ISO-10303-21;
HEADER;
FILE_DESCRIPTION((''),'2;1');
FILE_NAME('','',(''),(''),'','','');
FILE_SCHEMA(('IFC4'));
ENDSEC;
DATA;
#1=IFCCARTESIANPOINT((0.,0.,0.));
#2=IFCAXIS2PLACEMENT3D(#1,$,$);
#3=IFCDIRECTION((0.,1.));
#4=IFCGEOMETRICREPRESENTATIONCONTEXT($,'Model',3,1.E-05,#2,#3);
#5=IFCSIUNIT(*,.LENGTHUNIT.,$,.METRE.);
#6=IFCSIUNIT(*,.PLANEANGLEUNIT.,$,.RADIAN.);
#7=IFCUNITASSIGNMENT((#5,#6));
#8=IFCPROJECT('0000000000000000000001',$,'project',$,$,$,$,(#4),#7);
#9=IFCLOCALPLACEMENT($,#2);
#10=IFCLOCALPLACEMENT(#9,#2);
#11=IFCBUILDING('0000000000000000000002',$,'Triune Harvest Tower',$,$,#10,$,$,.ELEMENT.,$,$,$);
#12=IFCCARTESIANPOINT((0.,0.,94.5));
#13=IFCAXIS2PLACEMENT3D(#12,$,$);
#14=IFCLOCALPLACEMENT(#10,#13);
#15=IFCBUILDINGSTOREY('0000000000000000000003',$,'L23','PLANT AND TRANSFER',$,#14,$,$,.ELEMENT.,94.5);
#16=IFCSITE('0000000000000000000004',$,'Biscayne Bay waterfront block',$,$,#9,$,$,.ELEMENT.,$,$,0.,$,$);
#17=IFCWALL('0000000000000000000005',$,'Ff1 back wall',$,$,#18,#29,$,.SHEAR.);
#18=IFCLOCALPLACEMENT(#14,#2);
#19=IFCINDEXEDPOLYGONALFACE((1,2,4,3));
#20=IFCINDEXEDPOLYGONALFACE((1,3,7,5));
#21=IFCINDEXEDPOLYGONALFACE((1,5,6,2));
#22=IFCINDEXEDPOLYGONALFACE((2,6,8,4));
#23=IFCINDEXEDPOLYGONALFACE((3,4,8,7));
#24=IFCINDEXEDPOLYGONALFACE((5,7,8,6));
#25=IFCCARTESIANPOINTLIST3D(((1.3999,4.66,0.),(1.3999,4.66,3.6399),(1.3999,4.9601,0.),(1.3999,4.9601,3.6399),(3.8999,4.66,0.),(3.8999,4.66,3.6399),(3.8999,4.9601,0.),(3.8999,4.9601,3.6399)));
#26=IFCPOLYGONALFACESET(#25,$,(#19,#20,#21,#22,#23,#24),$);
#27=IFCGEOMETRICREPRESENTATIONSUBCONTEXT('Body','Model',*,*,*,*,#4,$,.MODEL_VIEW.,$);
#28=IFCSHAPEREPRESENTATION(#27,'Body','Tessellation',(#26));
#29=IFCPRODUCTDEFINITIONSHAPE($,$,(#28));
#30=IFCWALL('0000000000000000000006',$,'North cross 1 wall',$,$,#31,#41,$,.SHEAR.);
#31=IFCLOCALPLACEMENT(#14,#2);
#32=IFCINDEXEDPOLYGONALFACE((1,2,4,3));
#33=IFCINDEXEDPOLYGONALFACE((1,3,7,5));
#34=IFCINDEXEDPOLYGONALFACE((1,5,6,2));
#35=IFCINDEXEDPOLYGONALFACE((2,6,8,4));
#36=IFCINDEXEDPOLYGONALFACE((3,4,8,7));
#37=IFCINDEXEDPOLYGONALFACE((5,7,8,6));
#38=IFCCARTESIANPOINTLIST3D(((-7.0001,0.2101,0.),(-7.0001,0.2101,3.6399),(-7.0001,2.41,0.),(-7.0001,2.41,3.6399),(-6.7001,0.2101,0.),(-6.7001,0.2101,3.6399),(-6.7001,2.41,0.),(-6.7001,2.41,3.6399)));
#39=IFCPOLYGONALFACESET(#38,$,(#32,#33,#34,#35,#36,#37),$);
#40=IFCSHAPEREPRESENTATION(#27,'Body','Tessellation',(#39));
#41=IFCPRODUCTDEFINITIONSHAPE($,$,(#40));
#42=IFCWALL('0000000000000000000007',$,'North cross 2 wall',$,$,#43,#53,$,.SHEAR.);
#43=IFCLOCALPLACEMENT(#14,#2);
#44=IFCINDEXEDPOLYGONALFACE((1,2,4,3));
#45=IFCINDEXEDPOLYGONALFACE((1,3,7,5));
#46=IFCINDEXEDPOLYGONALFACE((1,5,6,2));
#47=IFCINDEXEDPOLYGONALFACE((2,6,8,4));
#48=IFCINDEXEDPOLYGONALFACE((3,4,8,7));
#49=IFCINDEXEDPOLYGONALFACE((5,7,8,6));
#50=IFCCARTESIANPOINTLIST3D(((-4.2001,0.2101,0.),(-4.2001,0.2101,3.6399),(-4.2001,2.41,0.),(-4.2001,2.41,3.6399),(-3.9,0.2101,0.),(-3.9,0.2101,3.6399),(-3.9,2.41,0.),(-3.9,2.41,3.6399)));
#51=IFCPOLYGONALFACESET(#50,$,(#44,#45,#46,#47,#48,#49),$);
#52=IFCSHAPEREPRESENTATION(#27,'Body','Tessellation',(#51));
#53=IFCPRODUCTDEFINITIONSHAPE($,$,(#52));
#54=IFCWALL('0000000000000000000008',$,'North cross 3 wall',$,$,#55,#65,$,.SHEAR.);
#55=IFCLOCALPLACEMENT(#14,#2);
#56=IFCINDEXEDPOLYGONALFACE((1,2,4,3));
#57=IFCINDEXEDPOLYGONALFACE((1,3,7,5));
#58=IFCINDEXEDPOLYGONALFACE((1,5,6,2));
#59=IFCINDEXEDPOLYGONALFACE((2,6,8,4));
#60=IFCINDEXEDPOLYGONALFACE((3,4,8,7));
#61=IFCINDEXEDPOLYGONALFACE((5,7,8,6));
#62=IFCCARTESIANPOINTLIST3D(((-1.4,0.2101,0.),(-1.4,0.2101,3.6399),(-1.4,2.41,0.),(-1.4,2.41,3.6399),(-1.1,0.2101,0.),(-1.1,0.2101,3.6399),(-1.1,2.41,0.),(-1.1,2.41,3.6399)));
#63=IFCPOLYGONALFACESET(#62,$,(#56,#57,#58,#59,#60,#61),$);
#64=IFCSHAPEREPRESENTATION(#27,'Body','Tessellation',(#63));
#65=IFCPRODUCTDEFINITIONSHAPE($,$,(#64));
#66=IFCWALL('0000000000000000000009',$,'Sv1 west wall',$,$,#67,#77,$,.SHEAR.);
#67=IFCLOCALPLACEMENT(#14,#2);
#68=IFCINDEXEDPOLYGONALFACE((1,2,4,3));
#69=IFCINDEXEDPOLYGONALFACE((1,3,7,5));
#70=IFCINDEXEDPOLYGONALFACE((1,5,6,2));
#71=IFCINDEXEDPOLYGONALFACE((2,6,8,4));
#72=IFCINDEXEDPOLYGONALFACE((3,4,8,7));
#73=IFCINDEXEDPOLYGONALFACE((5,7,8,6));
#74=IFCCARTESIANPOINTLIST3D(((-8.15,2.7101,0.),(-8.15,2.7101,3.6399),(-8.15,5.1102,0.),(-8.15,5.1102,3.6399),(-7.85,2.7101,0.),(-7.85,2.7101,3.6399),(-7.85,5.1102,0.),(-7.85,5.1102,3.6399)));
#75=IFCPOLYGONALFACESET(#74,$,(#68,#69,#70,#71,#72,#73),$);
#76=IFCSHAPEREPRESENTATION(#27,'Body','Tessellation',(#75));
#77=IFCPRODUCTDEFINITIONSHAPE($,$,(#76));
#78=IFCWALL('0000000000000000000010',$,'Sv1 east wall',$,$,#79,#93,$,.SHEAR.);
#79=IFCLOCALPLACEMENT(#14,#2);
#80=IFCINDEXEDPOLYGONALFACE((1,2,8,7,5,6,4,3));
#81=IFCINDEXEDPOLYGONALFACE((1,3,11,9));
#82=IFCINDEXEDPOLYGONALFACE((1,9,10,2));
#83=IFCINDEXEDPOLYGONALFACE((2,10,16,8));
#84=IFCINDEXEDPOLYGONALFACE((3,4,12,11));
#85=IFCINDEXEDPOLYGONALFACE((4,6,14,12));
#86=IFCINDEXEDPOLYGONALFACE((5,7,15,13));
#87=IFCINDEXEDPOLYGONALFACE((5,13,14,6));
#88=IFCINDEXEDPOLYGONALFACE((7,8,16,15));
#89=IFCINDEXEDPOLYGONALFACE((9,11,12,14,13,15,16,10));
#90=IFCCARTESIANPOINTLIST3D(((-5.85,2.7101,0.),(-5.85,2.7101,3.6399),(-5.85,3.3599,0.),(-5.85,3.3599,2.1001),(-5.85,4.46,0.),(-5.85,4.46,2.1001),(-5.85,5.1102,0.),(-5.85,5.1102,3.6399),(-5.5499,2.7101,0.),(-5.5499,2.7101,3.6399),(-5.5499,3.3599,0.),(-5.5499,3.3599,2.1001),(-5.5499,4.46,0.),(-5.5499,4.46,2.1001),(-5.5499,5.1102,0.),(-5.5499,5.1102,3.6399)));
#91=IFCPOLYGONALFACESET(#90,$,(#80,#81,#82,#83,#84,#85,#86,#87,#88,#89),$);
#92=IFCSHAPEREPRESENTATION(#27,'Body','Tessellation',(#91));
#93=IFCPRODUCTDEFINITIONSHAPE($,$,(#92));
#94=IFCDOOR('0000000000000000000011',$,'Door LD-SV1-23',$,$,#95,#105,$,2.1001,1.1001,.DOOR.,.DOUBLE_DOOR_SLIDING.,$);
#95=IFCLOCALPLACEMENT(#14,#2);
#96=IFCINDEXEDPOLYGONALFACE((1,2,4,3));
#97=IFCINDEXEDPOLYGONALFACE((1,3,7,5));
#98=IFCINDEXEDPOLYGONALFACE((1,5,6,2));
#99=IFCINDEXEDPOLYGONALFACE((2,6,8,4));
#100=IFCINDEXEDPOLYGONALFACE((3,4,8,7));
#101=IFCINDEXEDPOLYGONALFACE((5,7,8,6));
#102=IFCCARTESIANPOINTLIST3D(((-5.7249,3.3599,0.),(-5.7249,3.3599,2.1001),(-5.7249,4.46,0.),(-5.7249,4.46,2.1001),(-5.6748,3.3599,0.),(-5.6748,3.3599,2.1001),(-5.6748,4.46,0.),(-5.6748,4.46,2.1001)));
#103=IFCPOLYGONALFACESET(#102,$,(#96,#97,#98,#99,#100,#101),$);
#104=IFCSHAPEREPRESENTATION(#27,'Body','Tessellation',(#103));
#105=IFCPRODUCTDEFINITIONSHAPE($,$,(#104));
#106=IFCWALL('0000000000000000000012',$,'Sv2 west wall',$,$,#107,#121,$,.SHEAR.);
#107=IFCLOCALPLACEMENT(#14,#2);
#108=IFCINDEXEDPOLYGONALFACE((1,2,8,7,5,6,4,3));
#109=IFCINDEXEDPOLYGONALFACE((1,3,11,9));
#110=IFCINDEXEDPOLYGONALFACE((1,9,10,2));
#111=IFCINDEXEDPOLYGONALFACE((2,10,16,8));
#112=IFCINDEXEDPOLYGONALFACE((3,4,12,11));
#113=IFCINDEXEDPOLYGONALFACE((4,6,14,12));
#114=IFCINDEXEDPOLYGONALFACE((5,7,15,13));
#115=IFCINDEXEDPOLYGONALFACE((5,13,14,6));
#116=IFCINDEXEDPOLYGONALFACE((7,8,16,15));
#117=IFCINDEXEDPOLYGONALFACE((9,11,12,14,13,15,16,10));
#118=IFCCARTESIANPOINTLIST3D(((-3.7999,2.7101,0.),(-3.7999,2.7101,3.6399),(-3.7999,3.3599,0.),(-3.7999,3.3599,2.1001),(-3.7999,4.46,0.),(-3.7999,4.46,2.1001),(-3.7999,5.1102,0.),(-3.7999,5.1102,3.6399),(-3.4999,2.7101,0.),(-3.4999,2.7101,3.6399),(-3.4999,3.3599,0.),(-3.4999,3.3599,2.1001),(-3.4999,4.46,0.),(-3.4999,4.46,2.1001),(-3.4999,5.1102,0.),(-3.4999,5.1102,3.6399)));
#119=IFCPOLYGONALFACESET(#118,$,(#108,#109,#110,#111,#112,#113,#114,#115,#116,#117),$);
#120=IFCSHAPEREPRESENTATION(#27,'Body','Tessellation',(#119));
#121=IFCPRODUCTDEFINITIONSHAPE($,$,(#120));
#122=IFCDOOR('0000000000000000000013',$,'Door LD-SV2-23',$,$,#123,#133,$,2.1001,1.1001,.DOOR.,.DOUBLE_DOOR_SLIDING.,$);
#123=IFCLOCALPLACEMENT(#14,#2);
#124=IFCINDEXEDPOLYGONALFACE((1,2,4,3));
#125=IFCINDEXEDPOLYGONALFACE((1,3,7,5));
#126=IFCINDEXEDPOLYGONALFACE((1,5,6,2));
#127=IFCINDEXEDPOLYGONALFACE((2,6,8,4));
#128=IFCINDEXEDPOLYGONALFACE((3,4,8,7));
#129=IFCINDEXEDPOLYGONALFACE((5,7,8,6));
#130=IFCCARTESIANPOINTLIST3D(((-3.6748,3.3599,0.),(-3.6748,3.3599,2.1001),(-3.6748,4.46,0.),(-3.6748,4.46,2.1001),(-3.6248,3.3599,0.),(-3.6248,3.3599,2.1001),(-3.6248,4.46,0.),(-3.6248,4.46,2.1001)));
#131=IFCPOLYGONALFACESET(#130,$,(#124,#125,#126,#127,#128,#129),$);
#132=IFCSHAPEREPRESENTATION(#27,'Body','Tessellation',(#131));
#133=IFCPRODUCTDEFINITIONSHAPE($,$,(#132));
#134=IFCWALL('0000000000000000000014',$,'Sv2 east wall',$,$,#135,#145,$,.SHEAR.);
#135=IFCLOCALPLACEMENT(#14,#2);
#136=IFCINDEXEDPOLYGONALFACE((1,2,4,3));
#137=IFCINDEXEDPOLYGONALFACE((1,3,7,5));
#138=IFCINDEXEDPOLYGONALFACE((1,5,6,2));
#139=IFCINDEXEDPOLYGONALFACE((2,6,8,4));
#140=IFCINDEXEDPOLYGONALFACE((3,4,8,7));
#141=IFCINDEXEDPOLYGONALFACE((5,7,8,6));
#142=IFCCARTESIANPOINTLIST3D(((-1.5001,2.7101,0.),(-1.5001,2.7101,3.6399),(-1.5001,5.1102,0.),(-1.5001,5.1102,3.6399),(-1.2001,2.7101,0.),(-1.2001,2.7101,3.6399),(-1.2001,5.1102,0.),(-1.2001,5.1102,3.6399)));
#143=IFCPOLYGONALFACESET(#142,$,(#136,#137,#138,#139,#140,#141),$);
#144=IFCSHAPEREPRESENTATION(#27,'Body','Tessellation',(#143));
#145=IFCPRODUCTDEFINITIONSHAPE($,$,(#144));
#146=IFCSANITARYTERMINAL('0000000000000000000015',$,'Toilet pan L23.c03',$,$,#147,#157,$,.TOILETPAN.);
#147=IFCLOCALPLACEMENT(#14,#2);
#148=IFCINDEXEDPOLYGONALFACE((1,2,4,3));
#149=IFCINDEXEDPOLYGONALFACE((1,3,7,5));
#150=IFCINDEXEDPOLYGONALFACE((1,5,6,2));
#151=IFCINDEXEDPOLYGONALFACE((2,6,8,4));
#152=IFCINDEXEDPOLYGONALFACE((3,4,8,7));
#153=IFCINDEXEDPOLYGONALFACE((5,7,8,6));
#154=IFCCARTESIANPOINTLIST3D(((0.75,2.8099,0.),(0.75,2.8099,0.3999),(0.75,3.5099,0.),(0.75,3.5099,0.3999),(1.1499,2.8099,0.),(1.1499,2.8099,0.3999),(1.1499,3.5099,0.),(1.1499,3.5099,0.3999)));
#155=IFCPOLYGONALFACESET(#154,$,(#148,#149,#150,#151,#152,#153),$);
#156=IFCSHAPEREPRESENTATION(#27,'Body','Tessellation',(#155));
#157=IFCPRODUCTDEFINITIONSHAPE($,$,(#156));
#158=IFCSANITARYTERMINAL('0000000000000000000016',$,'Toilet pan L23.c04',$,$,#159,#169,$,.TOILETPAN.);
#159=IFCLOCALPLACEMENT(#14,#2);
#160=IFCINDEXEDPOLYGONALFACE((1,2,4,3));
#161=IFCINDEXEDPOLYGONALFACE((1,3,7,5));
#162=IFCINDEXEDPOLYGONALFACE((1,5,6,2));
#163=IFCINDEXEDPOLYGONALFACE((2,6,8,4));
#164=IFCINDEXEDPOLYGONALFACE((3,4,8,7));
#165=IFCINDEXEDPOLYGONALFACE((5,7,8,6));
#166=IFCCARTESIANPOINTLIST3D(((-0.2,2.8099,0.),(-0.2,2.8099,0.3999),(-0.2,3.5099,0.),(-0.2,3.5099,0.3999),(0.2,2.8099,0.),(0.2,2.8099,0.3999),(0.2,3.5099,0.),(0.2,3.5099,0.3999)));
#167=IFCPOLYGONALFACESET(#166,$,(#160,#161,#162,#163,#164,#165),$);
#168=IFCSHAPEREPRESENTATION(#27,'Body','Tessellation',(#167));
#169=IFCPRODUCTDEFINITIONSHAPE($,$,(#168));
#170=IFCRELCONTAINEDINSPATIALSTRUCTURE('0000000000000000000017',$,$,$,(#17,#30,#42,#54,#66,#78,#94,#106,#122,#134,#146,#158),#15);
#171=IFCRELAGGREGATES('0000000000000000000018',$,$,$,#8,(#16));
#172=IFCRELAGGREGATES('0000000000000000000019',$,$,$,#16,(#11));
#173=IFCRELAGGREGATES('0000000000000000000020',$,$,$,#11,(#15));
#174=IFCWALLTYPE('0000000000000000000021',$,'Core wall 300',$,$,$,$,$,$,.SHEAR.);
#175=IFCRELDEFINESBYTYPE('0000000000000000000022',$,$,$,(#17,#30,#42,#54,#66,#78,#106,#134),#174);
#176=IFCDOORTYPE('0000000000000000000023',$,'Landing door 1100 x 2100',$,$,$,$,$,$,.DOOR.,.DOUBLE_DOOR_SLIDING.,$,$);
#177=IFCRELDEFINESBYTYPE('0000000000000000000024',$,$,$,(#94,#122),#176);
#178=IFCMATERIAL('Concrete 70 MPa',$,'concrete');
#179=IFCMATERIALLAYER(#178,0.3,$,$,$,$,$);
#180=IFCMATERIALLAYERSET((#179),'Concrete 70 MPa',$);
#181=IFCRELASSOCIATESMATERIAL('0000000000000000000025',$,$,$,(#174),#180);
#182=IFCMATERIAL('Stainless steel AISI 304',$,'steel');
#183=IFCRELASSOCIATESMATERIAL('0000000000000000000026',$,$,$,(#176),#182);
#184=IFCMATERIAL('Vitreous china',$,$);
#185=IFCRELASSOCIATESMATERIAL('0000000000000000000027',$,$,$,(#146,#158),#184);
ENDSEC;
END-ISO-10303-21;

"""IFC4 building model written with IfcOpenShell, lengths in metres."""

from ifc_helpers import new_model, si_unit, direction, frame, frame_2d, origin, origin_2d, place, context, subcontext, project, spatial, rectangle, extrude, source, transform, mapped, material, layer, layer_set, type_object, element, fill, save


model = new_model("IFC4")

# Units and contexts
model_context = context("Model", 3, precision=1e-05, world=origin(), true_north=direction((0.0, 1.0)))
body_context = subcontext(model_context, "Body", "Model", "MODEL_VIEW")
ifc_project = project(units=[si_unit("LENGTHUNIT", "METRE"), si_unit("PLANEANGLEUNIT", "RADIAN")], contexts=[model_context])

# Site, building, storey
site_placement = place(None, origin())
site = spatial("IfcSite", under=ifc_project, at=site_placement, Name="Biscayne Bay waterfront block", CompositionType="ELEMENT", RefElevation=0.0)
building_placement = place(site_placement, origin())
building = spatial("IfcBuilding", under=site, at=building_placement, Name="Triune Harvest Tower", CompositionType="ELEMENT")
storey_placement = place(building_placement, frame((0.0, 0.0, 94.5)))
storey = spatial("IfcBuildingStorey", under=building, at=storey_placement, Name="L23", Description="PLANT AND TRANSFER", CompositionType="ELEMENT", Elevation=94.5)

# Walls
ifc_material_1 = material(Name="Concrete 70 MPa", Category="concrete")
ifc_layer_1 = layer(ifc_material_1, 0.3)
ifc_layer_set_1 = layer_set([ifc_layer_1], Name="Concrete 70 MPa")
wall_type = type_object("IfcWallType", Name="Core wall 300", PredefinedType="SHEAR", material=ifc_layer_set_1)
shared_shape_1 = source(origin(), body_context, "Body", "SweptSolid", [
    extrude(rectangle(XDim=2.5, YDim=0.3, at=frame_2d((1.25, 0.0))), origin(), (0.0, 0.0, 1.0), 3.6399),
])
wall_1_placement = place(storey_placement, frame((1.3999, 4.8101, 0.0), z_axis=(0.0, 0.0, 1.0), x_axis=(1.0, 0.0, 0.0)))
element("IfcWall", 1, at=wall_1_placement, inside=storey, type_object=wall_type, Name="Ff1 back wall", PredefinedType="SHEAR", context=body_context, shape_type="MappedRepresentation", body=[
    mapped(shared_shape_1, transform((0.0, 0.0, 0.0), scale=1.0)),
])
shared_shape_2 = source(origin(), body_context, "Body", "SweptSolid", [
    extrude(rectangle(XDim=2.2, YDim=0.3, at=frame_2d((1.1001, 0.0))), origin(), (0.0, 0.0, 1.0), 3.6399),
])
for number, where, z_axis, x_axis, name in (
    (2, (-6.8501, 0.21, 0.0), (0.0, 0.0, 1.0), (0.0, 1.0, 0.0), "North cross 1 wall"),
    (3, (-4.05, 0.21, 0.0), (0.0, 0.0, 1.0), (0.0, 1.0, 0.0), "North cross 2 wall"),
    (4, (-1.25, 0.21, 0.0), (0.0, 0.0, 1.0), (0.0, 1.0, 0.0), "North cross 3 wall"),
):
    element("IfcWall", number, at=place(storey_placement, frame(where, z_axis=z_axis, x_axis=x_axis)), inside=storey, type_object=wall_type, Name=name, PredefinedType="SHEAR", context=body_context, shape_type="MappedRepresentation", body=[
        mapped(shared_shape_2, transform((0.0, 0.0, 0.0), scale=1.0)),
    ])
shared_shape_3 = source(origin(), body_context, "Body", "SweptSolid", [
    extrude(rectangle(XDim=2.4001, YDim=0.3, at=frame_2d((1.2002, 0.0))), origin(), (0.0, 0.0, 1.0), 3.6399),
])
wall_2_placement = place(storey_placement, frame((-8.0, 2.71, 0.0), z_axis=(0.0, 0.0, 1.0), x_axis=(0.0, 1.0, 0.0)))
element("IfcWall", 5, at=wall_2_placement, inside=storey, type_object=wall_type, Name="Sv1 west wall", PredefinedType="SHEAR", context=body_context, shape_type="MappedRepresentation", body=[
    mapped(shared_shape_3, transform((0.0, 0.0, 0.0), scale=1.0)),
])

# Walls, openings, doors
wall_3_placement = place(storey_placement, frame((-5.7, 2.71, 0.0), z_axis=(0.0, 0.0, 1.0), x_axis=(0.0, 1.0, 0.0)))
wall_3 = element("IfcWall", 6, at=wall_3_placement, inside=storey, type_object=wall_type, Name="Sv1 east wall", PredefinedType="SHEAR", context=body_context, shape_type="MappedRepresentation", body=[
    mapped(shared_shape_3, transform((0.0, 0.0, 0.0), scale=1.0)),
])
opening_1_placement = place(wall_3_placement, frame((0.6499, 0.0, 0.0)))
opening_1 = element("IfcOpeningElement", 7, at=opening_1_placement, cuts=wall_3, PredefinedType="OPENING", context=body_context, shape_type="SweptSolid", body=[
    extrude(rectangle(XDim=1.1001, YDim=2.1001, at=frame_2d((0.55, 1.05))), frame((0.0, 0.1602, 0.0), z_axis=(0.0, -1.0, 0.0), x_axis=(1.0, 0.0, 0.0)), (0.0, 0.0, 1.0), 0.3201),
])
ifc_material_2 = material(Name="Stainless steel AISI 304", Category="steel")
door_type = type_object("IfcDoorType", Name="Landing door 1100 x 2100", OperationType="DOUBLE_DOOR_SLIDING", PredefinedType="DOOR", material=ifc_material_2)
door_1_placement = place(opening_1_placement, origin())
door_1 = element("IfcDoor", 8, at=door_1_placement, inside=storey, type_object=door_type, Name="Door LD-SV1-23", OperationType="DOUBLE_DOOR_SLIDING", OverallHeight=2.1001, OverallWidth=1.1001, PredefinedType="DOOR", context=body_context, shape_type="SweptSolid", body=[
    extrude(rectangle(XDim=1.1001, YDim=2.1001, at=frame_2d((0.55, 1.05))), frame((0.0, 0.0249, 0.0), z_axis=(0.0, -1.0, 0.0), x_axis=(1.0, 0.0, 0.0)), (0.0, 0.0, 1.0), 0.05),
])
fill(opening_1, door_1)
wall_4_placement = place(storey_placement, frame((-3.6499, 2.71, 0.0), z_axis=(0.0, 0.0, 1.0), x_axis=(0.0, 1.0, 0.0)))
wall_4 = element("IfcWall", 9, at=wall_4_placement, inside=storey, type_object=wall_type, Name="Sv2 west wall", PredefinedType="SHEAR", context=body_context, shape_type="MappedRepresentation", body=[
    mapped(shared_shape_3, transform((0.0, 0.0, 0.0), scale=1.0)),
])
opening_2_placement = place(wall_4_placement, frame((0.6499, 0.0, 0.0)))
opening_2 = element("IfcOpeningElement", 10, at=opening_2_placement, cuts=wall_4, PredefinedType="OPENING", context=body_context, shape_type="SweptSolid", body=[
    extrude(rectangle(XDim=1.1001, YDim=2.1001, at=frame_2d((0.55, 1.05))), frame((0.0, 0.1602, 0.0), z_axis=(0.0, -1.0, 0.0), x_axis=(1.0, 0.0, 0.0)), (0.0, 0.0, 1.0), 0.3201),
])
door_2_placement = place(opening_2_placement, origin())
door_2 = element("IfcDoor", 11, at=door_2_placement, inside=storey, type_object=door_type, Name="Door LD-SV2-23", OperationType="DOUBLE_DOOR_SLIDING", OverallHeight=2.1001, OverallWidth=1.1001, PredefinedType="DOOR", context=body_context, shape_type="SweptSolid", body=[
    extrude(rectangle(XDim=1.1001, YDim=2.1001, at=frame_2d((0.55, 1.05))), frame((0.0, 0.0249, 0.0), z_axis=(0.0, -1.0, 0.0), x_axis=(1.0, 0.0, 0.0)), (0.0, 0.0, 1.0), 0.05),
])
fill(opening_2, door_2)

# Wall
wall_5_placement = place(storey_placement, frame((-1.3501, 2.71, 0.0), z_axis=(0.0, 0.0, 1.0), x_axis=(0.0, 1.0, 0.0)))
element("IfcWall", 12, at=wall_5_placement, inside=storey, type_object=wall_type, Name="Sv2 east wall", PredefinedType="SHEAR", context=body_context, shape_type="MappedRepresentation", body=[
    mapped(shared_shape_3, transform((0.0, 0.0, 0.0), scale=1.0)),
])

# Sanitary terminals
ifc_material_3 = material(Name="Vitreous china")
shared_shape_4 = source(origin(), body_context, "Body", "SweptSolid", [
    extrude(rectangle(XDim=0.3999, YDim=0.7, at=origin_2d()), origin(), (0.0, 0.0, 1.0), 0.3999),
])
for number, where, z_axis, x_axis, name in (
    (13, (0.95, 3.1599, 0.0), (0.0, 0.0, 1.0), (-1.0, 0.0, 0.0), "Toilet pan L23.c03"),
    (14, (0.0, 3.1599, 0.0), (0.0, 0.0, 1.0), (-1.0, 0.0, 0.0), "Toilet pan L23.c04"),
):
    element("IfcSanitaryTerminal", number, at=place(storey_placement, frame(where, z_axis=z_axis, x_axis=x_axis)), inside=storey, material=ifc_material_3, Name=name, PredefinedType="TOILETPAN", context=body_context, shape_type="MappedRepresentation", body=[
        mapped(shared_shape_4, transform((0.0, 0.0, 0.0), scale=1.0)),
    ])

save(model, "model.ifc")
